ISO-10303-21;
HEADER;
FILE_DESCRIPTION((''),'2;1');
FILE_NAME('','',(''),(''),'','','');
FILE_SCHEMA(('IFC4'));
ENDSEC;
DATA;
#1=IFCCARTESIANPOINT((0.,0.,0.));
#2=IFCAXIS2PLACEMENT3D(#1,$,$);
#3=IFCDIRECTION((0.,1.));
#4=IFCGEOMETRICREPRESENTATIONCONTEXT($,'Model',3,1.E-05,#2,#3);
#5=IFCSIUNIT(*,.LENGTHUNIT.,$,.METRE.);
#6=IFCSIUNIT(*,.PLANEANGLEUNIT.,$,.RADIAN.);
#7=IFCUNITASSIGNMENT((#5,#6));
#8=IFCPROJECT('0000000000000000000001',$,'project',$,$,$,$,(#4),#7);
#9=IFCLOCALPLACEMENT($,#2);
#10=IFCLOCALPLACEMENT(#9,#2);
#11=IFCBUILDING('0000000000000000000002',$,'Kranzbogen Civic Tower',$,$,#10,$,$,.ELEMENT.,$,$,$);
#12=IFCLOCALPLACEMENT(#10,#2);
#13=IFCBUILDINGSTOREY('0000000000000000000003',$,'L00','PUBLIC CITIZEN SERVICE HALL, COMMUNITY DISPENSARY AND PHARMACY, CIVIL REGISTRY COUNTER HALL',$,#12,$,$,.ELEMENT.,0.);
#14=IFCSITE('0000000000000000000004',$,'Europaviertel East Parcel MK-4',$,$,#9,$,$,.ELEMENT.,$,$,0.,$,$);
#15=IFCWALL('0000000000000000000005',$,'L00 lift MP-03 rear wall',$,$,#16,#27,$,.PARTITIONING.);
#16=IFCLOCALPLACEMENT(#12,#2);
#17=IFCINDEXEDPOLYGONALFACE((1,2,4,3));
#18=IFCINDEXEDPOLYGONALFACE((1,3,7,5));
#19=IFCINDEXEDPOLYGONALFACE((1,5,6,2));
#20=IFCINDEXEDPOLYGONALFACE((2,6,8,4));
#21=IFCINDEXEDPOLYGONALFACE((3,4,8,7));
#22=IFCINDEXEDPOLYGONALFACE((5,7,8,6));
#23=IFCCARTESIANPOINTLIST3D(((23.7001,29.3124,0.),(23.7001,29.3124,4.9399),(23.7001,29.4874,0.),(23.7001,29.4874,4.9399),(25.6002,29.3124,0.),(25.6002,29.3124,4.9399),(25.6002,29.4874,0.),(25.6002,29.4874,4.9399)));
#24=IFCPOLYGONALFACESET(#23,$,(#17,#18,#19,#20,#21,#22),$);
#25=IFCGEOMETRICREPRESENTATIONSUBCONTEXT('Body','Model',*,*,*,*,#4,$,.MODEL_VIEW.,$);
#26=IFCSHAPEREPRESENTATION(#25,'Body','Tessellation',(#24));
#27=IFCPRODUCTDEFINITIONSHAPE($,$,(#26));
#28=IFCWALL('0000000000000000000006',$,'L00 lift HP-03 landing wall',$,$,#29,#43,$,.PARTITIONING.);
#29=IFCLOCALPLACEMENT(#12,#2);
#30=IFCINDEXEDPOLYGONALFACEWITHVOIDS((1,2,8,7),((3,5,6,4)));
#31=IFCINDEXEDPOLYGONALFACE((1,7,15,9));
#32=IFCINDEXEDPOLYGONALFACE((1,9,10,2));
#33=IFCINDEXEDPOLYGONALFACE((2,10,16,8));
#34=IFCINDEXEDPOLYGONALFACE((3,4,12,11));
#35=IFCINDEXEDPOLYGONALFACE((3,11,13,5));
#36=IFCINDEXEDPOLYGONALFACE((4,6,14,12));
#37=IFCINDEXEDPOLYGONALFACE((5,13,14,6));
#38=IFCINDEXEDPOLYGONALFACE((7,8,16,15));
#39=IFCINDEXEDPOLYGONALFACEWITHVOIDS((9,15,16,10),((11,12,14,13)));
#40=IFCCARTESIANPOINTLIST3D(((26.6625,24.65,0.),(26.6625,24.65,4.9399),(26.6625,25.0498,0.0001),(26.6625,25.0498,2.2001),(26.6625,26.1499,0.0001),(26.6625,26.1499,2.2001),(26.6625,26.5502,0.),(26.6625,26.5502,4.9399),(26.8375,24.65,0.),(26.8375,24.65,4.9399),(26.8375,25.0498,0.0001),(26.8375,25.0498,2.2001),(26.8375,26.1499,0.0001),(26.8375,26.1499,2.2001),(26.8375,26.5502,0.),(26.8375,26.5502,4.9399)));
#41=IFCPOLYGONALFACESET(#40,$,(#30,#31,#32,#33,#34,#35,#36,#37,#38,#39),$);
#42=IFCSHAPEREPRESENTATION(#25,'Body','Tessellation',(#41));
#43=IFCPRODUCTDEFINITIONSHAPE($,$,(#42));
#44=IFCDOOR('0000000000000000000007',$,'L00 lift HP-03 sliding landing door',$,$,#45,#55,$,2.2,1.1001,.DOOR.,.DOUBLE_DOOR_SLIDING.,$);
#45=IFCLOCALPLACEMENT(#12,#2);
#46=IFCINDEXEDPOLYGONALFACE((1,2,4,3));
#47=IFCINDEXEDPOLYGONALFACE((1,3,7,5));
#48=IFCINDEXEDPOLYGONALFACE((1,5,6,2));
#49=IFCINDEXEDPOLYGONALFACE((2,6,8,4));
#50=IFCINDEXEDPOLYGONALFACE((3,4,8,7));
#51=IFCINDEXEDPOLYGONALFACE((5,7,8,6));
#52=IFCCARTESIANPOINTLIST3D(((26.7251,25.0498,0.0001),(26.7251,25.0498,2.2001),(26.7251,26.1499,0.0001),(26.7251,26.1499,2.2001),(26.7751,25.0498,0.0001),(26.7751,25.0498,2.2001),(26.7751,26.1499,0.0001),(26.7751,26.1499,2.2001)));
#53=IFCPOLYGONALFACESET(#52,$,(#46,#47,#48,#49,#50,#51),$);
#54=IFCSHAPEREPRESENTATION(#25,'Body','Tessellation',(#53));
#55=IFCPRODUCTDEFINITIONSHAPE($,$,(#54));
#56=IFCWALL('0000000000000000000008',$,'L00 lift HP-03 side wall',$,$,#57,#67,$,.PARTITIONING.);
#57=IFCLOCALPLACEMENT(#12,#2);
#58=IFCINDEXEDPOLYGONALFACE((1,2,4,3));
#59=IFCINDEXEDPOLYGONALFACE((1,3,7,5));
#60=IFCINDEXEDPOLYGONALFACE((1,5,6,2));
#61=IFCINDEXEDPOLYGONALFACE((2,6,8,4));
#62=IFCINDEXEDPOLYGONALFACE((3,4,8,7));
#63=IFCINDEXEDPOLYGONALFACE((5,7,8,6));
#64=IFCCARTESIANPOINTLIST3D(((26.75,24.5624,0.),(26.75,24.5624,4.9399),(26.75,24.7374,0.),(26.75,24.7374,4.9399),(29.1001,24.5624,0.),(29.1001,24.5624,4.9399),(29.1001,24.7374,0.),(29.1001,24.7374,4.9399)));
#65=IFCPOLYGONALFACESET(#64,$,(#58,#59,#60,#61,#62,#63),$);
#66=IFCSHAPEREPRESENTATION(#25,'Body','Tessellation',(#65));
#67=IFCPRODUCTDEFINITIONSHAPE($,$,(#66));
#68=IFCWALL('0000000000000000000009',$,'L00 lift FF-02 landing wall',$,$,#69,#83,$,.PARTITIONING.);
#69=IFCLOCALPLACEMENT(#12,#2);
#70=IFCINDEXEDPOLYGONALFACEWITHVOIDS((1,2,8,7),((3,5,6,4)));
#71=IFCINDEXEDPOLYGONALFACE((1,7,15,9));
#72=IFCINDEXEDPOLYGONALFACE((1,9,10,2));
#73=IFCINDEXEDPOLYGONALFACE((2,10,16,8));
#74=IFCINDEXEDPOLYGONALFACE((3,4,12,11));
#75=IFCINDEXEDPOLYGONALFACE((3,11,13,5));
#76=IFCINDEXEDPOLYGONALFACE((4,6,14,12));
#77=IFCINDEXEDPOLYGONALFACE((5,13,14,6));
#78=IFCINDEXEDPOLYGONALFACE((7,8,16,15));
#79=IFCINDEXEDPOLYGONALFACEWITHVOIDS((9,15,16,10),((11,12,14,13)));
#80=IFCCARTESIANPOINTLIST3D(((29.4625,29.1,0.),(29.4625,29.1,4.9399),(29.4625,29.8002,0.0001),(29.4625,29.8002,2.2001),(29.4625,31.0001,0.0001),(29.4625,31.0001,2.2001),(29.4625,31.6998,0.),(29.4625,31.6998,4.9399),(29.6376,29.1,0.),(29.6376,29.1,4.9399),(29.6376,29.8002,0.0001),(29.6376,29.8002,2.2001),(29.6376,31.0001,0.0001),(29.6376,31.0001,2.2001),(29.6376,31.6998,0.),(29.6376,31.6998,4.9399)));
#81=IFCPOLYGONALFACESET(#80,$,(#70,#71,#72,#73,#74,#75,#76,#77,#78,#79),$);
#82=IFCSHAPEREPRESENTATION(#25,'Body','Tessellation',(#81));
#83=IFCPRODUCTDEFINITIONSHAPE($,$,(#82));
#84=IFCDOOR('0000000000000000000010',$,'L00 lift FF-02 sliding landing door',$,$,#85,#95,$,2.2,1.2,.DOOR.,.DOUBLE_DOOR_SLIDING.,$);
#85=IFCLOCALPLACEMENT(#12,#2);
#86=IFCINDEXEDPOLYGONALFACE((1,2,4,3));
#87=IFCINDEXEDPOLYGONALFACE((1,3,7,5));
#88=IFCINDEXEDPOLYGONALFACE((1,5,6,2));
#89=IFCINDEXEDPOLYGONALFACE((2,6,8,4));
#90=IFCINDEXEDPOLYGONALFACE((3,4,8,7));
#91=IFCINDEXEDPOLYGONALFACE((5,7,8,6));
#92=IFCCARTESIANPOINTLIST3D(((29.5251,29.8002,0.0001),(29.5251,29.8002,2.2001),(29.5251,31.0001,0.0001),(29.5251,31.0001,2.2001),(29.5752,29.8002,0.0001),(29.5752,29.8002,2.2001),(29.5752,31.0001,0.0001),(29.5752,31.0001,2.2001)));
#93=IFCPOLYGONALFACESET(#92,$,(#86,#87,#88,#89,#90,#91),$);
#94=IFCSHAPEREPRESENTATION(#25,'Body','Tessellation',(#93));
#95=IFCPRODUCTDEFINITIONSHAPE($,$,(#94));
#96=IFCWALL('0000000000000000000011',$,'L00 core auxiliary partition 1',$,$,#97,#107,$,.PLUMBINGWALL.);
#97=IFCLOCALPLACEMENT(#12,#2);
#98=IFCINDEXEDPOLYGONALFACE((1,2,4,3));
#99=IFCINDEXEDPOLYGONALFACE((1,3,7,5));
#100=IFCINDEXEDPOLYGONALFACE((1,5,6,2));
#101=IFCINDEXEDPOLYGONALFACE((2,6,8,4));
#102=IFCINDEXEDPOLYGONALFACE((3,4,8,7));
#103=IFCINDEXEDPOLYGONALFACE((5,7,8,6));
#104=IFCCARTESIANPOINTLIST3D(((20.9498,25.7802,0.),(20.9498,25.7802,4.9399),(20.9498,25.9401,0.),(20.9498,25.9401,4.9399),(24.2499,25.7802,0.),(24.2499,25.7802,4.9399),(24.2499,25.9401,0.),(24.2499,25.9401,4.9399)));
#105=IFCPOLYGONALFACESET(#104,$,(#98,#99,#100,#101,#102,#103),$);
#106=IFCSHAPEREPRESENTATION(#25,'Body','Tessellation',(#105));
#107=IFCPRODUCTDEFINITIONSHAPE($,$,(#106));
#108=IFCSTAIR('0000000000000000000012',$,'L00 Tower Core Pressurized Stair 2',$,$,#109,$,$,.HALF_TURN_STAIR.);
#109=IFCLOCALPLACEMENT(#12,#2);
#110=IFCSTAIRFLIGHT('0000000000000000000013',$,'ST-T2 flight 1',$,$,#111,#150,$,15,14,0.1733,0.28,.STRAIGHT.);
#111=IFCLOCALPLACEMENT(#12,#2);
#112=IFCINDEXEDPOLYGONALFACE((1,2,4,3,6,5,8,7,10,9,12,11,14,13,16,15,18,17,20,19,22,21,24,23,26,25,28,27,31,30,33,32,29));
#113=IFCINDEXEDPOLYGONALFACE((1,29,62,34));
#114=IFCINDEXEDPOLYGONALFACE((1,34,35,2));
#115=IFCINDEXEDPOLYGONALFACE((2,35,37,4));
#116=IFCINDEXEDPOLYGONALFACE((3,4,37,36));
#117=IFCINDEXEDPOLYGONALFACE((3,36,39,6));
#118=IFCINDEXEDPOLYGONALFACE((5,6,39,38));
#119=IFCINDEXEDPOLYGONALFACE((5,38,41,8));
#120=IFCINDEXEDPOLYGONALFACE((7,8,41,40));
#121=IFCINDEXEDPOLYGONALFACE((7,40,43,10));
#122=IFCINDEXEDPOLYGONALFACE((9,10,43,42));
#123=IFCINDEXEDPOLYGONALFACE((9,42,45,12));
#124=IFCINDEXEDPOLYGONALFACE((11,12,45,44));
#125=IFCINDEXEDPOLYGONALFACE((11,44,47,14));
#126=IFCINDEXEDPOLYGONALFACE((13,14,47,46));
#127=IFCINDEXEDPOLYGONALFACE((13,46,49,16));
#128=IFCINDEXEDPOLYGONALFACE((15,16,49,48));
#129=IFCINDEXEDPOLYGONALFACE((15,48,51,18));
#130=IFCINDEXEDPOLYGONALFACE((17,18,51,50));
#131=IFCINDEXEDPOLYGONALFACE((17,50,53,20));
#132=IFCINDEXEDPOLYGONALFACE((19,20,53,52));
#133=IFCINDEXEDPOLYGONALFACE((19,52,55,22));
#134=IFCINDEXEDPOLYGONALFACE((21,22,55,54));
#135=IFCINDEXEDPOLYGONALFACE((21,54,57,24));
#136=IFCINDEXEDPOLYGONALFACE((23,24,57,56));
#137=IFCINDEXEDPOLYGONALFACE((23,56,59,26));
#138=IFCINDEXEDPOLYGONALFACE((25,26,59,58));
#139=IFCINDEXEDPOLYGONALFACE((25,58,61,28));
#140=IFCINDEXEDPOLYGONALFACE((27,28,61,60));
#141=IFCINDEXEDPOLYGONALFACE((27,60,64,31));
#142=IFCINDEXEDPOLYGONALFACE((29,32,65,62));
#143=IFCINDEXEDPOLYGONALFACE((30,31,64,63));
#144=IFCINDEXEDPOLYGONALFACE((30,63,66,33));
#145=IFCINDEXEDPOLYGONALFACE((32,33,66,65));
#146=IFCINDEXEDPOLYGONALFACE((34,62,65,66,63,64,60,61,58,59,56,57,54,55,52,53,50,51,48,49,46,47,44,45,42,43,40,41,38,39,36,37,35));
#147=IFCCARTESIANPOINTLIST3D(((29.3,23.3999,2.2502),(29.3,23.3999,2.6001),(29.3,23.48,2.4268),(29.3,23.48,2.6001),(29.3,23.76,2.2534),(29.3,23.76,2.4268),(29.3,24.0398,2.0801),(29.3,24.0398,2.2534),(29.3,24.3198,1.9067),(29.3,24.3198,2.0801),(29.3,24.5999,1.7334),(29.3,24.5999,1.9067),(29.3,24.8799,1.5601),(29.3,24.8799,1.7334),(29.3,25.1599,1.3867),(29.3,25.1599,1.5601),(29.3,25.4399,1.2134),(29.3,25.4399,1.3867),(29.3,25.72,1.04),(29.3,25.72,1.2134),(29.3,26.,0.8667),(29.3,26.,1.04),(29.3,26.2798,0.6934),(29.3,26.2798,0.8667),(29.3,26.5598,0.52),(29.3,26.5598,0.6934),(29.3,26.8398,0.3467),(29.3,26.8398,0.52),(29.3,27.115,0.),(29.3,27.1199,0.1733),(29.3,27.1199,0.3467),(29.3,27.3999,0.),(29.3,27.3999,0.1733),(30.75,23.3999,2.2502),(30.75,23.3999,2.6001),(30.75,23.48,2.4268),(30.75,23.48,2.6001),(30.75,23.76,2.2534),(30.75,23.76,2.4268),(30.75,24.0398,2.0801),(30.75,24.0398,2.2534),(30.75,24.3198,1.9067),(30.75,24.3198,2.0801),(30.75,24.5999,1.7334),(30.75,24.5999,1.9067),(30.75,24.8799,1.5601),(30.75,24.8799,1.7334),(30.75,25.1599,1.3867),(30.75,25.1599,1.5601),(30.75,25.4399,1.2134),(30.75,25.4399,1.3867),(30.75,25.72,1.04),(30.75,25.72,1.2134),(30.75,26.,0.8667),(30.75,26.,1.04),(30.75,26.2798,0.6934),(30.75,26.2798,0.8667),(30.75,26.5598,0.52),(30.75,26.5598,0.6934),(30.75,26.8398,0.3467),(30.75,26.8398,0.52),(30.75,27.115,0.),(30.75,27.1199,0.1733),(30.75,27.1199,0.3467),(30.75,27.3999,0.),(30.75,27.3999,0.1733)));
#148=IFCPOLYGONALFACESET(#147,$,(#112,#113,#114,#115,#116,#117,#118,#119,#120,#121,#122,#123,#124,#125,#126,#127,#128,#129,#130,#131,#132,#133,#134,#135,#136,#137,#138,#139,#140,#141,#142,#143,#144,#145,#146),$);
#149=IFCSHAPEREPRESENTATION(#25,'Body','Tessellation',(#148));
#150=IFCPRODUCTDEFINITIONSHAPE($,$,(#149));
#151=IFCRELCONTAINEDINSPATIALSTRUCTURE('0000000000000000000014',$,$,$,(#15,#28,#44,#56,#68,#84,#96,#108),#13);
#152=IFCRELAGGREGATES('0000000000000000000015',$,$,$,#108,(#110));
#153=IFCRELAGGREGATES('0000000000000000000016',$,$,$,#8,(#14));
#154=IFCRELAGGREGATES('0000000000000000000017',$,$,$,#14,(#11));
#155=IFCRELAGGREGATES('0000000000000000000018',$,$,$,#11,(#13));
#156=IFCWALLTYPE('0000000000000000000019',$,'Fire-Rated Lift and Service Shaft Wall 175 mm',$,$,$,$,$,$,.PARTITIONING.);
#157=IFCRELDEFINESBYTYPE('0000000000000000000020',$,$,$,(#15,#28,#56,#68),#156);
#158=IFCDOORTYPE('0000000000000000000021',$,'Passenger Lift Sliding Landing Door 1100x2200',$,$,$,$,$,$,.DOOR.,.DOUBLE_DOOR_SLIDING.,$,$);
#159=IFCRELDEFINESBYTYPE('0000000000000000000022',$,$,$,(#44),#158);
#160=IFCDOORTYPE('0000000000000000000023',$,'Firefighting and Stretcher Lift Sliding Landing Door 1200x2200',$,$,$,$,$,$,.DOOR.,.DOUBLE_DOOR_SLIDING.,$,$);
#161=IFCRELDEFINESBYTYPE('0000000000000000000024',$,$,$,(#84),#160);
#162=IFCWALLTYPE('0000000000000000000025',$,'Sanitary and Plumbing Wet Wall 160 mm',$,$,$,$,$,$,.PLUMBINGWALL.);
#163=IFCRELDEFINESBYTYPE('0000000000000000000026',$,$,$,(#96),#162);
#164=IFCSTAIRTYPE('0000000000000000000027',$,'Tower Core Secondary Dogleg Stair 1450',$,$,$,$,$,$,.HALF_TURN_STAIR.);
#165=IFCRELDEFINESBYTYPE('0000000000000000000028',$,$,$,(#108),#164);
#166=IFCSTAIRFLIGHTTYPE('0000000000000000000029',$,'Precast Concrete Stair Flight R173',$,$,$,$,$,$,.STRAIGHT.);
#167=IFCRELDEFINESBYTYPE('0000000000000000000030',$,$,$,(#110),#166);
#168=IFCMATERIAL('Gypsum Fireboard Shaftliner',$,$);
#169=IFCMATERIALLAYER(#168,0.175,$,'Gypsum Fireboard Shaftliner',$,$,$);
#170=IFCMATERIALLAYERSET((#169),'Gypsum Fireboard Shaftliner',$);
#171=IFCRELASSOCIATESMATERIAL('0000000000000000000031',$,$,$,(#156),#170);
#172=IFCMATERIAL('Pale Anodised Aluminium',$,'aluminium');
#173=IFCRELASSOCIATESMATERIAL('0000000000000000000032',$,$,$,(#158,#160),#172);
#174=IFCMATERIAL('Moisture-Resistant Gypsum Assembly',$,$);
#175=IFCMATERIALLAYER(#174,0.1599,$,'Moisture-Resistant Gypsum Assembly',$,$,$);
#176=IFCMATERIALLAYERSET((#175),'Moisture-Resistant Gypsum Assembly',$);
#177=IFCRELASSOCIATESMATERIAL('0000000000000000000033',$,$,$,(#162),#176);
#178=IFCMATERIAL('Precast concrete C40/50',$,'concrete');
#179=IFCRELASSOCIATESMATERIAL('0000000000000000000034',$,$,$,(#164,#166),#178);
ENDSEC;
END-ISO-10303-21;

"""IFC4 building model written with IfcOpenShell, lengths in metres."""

from ifc_helpers import new_model, si_unit, direction, frame, frame_2d, origin, place, context, subcontext, project, spatial, polyline, rectangle, outline, extrude, material, layer, layer_set, type_object, element, fill, aggregate, save


model = new_model("IFC4")

# Units and contexts
model_context = context("Model", 3, precision=1e-05, world=origin(), true_north=direction((0.0, 1.0)))
body_context = subcontext(model_context, "Body", "Model", "MODEL_VIEW")
ifc_project = project(units=[si_unit("LENGTHUNIT", "METRE"), si_unit("PLANEANGLEUNIT", "RADIAN")], contexts=[model_context])

# Site, building, storey
site_placement = place(None, origin())
site = spatial("IfcSite", under=ifc_project, at=site_placement, Name="Europaviertel East Parcel MK-4", CompositionType="ELEMENT", RefElevation=0.0)
building_placement = place(site_placement, origin())
building = spatial("IfcBuilding", under=site, at=building_placement, Name="Kranzbogen Civic Tower", CompositionType="ELEMENT")
storey_placement = place(building_placement, origin())
storey = spatial("IfcBuildingStorey", under=building, at=storey_placement, Name="L00", Description="PUBLIC CITIZEN SERVICE HALL, COMMUNITY DISPENSARY AND PHARMACY, CIVIL REGISTRY COUNTER HALL", CompositionType="ELEMENT", Elevation=0.0)

# Wall
ifc_material_1 = material(Name="Gypsum Fireboard Shaftliner")
ifc_layer_1 = layer(ifc_material_1, 0.175, Name="Gypsum Fireboard Shaftliner")
ifc_layer_set_1 = layer_set([ifc_layer_1], Name="Gypsum Fireboard Shaftliner")
wall_type_1 = type_object("IfcWallType", Name="Fire-Rated Lift and Service Shaft Wall 175 mm", PredefinedType="PARTITIONING", material=ifc_layer_set_1)
wall_1_placement = place(storey_placement, frame((23.7, 29.3999, 0.0), z_axis=(0.0, 0.0, 1.0), x_axis=(1.0, 0.0, 0.0)))
element("IfcWall", 1, at=wall_1_placement, inside=storey, type_object=wall_type_1, Name="L00 lift MP-03 rear wall", PredefinedType="PARTITIONING", context=body_context, shape_type="SweptSolid", body=[
    extrude(rectangle(XDim=1.9001, YDim=0.175, at=frame_2d((0.9502, 0.0))), origin(), (0.0, 0.0, 1.0), 4.9399),
])

# Wall, opening, door
wall_2_placement = place(storey_placement, frame((26.75, 24.6499, 0.0), z_axis=(0.0, 0.0, 1.0), x_axis=(0.0, 1.0, 0.0)))
wall_2 = element("IfcWall", 2, at=wall_2_placement, inside=storey, type_object=wall_type_1, Name="L00 lift HP-03 landing wall", PredefinedType="PARTITIONING", context=body_context, shape_type="SweptSolid", body=[
    extrude(rectangle(XDim=1.9001, YDim=0.175, at=frame_2d((0.9502, 0.0))), origin(), (0.0, 0.0, 1.0), 4.9399),
])
opening_1_placement = place(wall_2_placement, frame((0.3999, 0.0, 0.0)))
opening_1 = element("IfcOpeningElement", 3, at=opening_1_placement, cuts=wall_2, PredefinedType="OPENING", context=body_context, shape_type="SweptSolid", body=[
    extrude(rectangle(XDim=1.1001, YDim=2.2, at=frame_2d((0.55, 1.1001))), frame((0.0, 0.0977, 0.0), z_axis=(0.0, -1.0, 0.0), x_axis=(1.0, 0.0, 0.0)), (0.0, 0.0, 1.0), 0.1951),
])
ifc_material_2 = material(Name="Pale Anodised Aluminium", Category="aluminium")
door_type_1 = type_object("IfcDoorType", Name="Passenger Lift Sliding Landing Door 1100x2200", OperationType="DOUBLE_DOOR_SLIDING", PredefinedType="DOOR", material=ifc_material_2)
door_1_placement = place(opening_1_placement, origin())
door_1 = element("IfcDoor", 4, at=door_1_placement, inside=storey, type_object=door_type_1, Name="L00 lift HP-03 sliding landing door", OperationType="DOUBLE_DOOR_SLIDING", OverallHeight=2.2, OverallWidth=1.1001, PredefinedType="DOOR", context=body_context, shape_type="SweptSolid", body=[
    extrude(rectangle(XDim=1.1001, YDim=2.2, at=frame_2d((0.55, 1.1001))), frame((0.0, 0.0249, 0.0), z_axis=(0.0, -1.0, 0.0), x_axis=(1.0, 0.0, 0.0)), (0.0, 0.0, 1.0), 0.05),
])
fill(opening_1, door_1)

# Wall
wall_3_placement = place(storey_placement, frame((26.75, 24.6499, 0.0), z_axis=(0.0, 0.0, 1.0), x_axis=(1.0, 0.0, 0.0)))
element("IfcWall", 5, at=wall_3_placement, inside=storey, type_object=wall_type_1, Name="L00 lift HP-03 side wall", PredefinedType="PARTITIONING", context=body_context, shape_type="SweptSolid", body=[
    extrude(rectangle(XDim=2.3501, YDim=0.175, at=frame_2d((1.175, 0.0))), origin(), (0.0, 0.0, 1.0), 4.9399),
])

# Wall, opening, door
wall_4_placement = place(storey_placement, frame((29.55, 29.1001, 0.0), z_axis=(0.0, 0.0, 1.0), x_axis=(0.0, 1.0, 0.0)))
wall_4 = element("IfcWall", 6, at=wall_4_placement, inside=storey, type_object=wall_type_1, Name="L00 lift FF-02 landing wall", PredefinedType="PARTITIONING", context=body_context, shape_type="SweptSolid", body=[
    extrude(rectangle(XDim=2.5999, YDim=0.175, at=frame_2d((1.2998, 0.0))), origin(), (0.0, 0.0, 1.0), 4.9399),
])
opening_2_placement = place(wall_4_placement, frame((0.7, 0.0, 0.0)))
opening_2 = element("IfcOpeningElement", 7, at=opening_2_placement, cuts=wall_4, PredefinedType="OPENING", context=body_context, shape_type="SweptSolid", body=[
    extrude(rectangle(XDim=1.2, YDim=2.2, at=frame_2d((0.6001, 1.1001))), frame((0.0, 0.0977, 0.0), z_axis=(0.0, -1.0, 0.0), x_axis=(1.0, 0.0, 0.0)), (0.0, 0.0, 1.0), 0.1951),
])
door_type_2 = type_object("IfcDoorType", Name="Firefighting and Stretcher Lift Sliding Landing Door 1200x2200", OperationType="DOUBLE_DOOR_SLIDING", PredefinedType="DOOR", material=ifc_material_2)
door_2_placement = place(opening_2_placement, origin())
door_2 = element("IfcDoor", 8, at=door_2_placement, inside=storey, type_object=door_type_2, Name="L00 lift FF-02 sliding landing door", OperationType="DOUBLE_DOOR_SLIDING", OverallHeight=2.2, OverallWidth=1.2, PredefinedType="DOOR", context=body_context, shape_type="SweptSolid", body=[
    extrude(rectangle(XDim=1.2, YDim=2.2, at=frame_2d((0.6001, 1.1001))), frame((0.0, 0.0249, 0.0), z_axis=(0.0, -1.0, 0.0), x_axis=(1.0, 0.0, 0.0)), (0.0, 0.0, 1.0), 0.05),
])
fill(opening_2, door_2)

# Wall
ifc_material_3 = material(Name="Moisture-Resistant Gypsum Assembly")
ifc_layer_2 = layer(ifc_material_3, 0.1599, Name="Moisture-Resistant Gypsum Assembly")
ifc_layer_set_2 = layer_set([ifc_layer_2], Name="Moisture-Resistant Gypsum Assembly")
wall_type_2 = type_object("IfcWallType", Name="Sanitary and Plumbing Wet Wall 160 mm", PredefinedType="PLUMBINGWALL", material=ifc_layer_set_2)
wall_5_placement = place(storey_placement, frame((20.95, 25.8601, 0.0), z_axis=(0.0, 0.0, 1.0), x_axis=(1.0, 0.0, 0.0)))
element("IfcWall", 9, at=wall_5_placement, inside=storey, type_object=wall_type_2, Name="L00 core auxiliary partition 1", PredefinedType="PLUMBINGWALL", context=body_context, shape_type="SweptSolid", body=[
    extrude(rectangle(XDim=3.3, YDim=0.1599, at=frame_2d((1.6499, 0.0))), origin(), (0.0, 0.0, 1.0), 4.9399),
])

# Stair, stair flight
ifc_material_4 = material(Name="Precast concrete C40/50", Category="concrete")
stair_type = type_object("IfcStairType", Name="Tower Core Secondary Dogleg Stair 1450", PredefinedType="HALF_TURN_STAIR", material=ifc_material_4)
stair_placement = place(storey_placement, origin())
stair = element("IfcStair", 10, at=stair_placement, inside=storey, type_object=stair_type, Name="L00 Tower Core Pressurized Stair 2", PredefinedType="HALF_TURN_STAIR")
stair_flight_type = type_object("IfcStairFlightType", Name="Precast Concrete Stair Flight R173", PredefinedType="STRAIGHT", material=ifc_material_4)
stair_flight_1_placement = place(storey_placement, frame((30.0249, 27.3999, 0.0), z_axis=(0.0, 0.0, 1.0), x_axis=(0.0, -1.0, 0.0)))
stair_flight_1 = element("IfcStairFlight", 11, at=stair_flight_1_placement, type_object=stair_flight_type, Name="ST-T2 flight 1", NumberOfRisers=15, NumberOfTreads=14, PredefinedType="STRAIGHT", RiserHeight=0.1733, TreadLength=0.28, context=body_context, shape_type="SweptSolid", body=[
    extrude(outline(polyline([(0.0, 0.0), (0.0, 0.1733), (0.28, 0.1733), (0.28, 0.3467), (0.5601, 0.3467), (0.5601, 0.52), (0.8401, 0.52), (0.8401, 0.6934), (1.1201, 0.6934), (1.1201, 0.8667), (1.3999, 0.8667), (1.3999, 1.04), (1.6799, 1.04), (1.6799, 1.2134), (1.96, 1.2134), (1.96, 1.3867), (2.24, 1.3867), (2.24, 1.5601), (2.52, 1.5601), (2.52, 1.7334), (2.8, 1.7334), (2.8, 1.9067), (3.0801, 1.9067), (3.0801, 2.0801), (3.3601, 2.0801), (3.3601, 2.2534), (3.6399, 2.2534), (3.6399, 2.4268), (3.9199, 2.4268), (3.9199, 2.6001), (4.0, 2.6001), (4.0, 2.2502), (0.2849, 0.0), (0.0, 0.0)])), frame((0.0, 0.7251, 0.0), z_axis=(0.0, -1.0, 0.0), x_axis=(1.0, 0.0, 0.0)), (0.0, 0.0, 1.0), 1.45),
])
aggregate(stair, [stair_flight_1])

save(model, "model.ifc")
